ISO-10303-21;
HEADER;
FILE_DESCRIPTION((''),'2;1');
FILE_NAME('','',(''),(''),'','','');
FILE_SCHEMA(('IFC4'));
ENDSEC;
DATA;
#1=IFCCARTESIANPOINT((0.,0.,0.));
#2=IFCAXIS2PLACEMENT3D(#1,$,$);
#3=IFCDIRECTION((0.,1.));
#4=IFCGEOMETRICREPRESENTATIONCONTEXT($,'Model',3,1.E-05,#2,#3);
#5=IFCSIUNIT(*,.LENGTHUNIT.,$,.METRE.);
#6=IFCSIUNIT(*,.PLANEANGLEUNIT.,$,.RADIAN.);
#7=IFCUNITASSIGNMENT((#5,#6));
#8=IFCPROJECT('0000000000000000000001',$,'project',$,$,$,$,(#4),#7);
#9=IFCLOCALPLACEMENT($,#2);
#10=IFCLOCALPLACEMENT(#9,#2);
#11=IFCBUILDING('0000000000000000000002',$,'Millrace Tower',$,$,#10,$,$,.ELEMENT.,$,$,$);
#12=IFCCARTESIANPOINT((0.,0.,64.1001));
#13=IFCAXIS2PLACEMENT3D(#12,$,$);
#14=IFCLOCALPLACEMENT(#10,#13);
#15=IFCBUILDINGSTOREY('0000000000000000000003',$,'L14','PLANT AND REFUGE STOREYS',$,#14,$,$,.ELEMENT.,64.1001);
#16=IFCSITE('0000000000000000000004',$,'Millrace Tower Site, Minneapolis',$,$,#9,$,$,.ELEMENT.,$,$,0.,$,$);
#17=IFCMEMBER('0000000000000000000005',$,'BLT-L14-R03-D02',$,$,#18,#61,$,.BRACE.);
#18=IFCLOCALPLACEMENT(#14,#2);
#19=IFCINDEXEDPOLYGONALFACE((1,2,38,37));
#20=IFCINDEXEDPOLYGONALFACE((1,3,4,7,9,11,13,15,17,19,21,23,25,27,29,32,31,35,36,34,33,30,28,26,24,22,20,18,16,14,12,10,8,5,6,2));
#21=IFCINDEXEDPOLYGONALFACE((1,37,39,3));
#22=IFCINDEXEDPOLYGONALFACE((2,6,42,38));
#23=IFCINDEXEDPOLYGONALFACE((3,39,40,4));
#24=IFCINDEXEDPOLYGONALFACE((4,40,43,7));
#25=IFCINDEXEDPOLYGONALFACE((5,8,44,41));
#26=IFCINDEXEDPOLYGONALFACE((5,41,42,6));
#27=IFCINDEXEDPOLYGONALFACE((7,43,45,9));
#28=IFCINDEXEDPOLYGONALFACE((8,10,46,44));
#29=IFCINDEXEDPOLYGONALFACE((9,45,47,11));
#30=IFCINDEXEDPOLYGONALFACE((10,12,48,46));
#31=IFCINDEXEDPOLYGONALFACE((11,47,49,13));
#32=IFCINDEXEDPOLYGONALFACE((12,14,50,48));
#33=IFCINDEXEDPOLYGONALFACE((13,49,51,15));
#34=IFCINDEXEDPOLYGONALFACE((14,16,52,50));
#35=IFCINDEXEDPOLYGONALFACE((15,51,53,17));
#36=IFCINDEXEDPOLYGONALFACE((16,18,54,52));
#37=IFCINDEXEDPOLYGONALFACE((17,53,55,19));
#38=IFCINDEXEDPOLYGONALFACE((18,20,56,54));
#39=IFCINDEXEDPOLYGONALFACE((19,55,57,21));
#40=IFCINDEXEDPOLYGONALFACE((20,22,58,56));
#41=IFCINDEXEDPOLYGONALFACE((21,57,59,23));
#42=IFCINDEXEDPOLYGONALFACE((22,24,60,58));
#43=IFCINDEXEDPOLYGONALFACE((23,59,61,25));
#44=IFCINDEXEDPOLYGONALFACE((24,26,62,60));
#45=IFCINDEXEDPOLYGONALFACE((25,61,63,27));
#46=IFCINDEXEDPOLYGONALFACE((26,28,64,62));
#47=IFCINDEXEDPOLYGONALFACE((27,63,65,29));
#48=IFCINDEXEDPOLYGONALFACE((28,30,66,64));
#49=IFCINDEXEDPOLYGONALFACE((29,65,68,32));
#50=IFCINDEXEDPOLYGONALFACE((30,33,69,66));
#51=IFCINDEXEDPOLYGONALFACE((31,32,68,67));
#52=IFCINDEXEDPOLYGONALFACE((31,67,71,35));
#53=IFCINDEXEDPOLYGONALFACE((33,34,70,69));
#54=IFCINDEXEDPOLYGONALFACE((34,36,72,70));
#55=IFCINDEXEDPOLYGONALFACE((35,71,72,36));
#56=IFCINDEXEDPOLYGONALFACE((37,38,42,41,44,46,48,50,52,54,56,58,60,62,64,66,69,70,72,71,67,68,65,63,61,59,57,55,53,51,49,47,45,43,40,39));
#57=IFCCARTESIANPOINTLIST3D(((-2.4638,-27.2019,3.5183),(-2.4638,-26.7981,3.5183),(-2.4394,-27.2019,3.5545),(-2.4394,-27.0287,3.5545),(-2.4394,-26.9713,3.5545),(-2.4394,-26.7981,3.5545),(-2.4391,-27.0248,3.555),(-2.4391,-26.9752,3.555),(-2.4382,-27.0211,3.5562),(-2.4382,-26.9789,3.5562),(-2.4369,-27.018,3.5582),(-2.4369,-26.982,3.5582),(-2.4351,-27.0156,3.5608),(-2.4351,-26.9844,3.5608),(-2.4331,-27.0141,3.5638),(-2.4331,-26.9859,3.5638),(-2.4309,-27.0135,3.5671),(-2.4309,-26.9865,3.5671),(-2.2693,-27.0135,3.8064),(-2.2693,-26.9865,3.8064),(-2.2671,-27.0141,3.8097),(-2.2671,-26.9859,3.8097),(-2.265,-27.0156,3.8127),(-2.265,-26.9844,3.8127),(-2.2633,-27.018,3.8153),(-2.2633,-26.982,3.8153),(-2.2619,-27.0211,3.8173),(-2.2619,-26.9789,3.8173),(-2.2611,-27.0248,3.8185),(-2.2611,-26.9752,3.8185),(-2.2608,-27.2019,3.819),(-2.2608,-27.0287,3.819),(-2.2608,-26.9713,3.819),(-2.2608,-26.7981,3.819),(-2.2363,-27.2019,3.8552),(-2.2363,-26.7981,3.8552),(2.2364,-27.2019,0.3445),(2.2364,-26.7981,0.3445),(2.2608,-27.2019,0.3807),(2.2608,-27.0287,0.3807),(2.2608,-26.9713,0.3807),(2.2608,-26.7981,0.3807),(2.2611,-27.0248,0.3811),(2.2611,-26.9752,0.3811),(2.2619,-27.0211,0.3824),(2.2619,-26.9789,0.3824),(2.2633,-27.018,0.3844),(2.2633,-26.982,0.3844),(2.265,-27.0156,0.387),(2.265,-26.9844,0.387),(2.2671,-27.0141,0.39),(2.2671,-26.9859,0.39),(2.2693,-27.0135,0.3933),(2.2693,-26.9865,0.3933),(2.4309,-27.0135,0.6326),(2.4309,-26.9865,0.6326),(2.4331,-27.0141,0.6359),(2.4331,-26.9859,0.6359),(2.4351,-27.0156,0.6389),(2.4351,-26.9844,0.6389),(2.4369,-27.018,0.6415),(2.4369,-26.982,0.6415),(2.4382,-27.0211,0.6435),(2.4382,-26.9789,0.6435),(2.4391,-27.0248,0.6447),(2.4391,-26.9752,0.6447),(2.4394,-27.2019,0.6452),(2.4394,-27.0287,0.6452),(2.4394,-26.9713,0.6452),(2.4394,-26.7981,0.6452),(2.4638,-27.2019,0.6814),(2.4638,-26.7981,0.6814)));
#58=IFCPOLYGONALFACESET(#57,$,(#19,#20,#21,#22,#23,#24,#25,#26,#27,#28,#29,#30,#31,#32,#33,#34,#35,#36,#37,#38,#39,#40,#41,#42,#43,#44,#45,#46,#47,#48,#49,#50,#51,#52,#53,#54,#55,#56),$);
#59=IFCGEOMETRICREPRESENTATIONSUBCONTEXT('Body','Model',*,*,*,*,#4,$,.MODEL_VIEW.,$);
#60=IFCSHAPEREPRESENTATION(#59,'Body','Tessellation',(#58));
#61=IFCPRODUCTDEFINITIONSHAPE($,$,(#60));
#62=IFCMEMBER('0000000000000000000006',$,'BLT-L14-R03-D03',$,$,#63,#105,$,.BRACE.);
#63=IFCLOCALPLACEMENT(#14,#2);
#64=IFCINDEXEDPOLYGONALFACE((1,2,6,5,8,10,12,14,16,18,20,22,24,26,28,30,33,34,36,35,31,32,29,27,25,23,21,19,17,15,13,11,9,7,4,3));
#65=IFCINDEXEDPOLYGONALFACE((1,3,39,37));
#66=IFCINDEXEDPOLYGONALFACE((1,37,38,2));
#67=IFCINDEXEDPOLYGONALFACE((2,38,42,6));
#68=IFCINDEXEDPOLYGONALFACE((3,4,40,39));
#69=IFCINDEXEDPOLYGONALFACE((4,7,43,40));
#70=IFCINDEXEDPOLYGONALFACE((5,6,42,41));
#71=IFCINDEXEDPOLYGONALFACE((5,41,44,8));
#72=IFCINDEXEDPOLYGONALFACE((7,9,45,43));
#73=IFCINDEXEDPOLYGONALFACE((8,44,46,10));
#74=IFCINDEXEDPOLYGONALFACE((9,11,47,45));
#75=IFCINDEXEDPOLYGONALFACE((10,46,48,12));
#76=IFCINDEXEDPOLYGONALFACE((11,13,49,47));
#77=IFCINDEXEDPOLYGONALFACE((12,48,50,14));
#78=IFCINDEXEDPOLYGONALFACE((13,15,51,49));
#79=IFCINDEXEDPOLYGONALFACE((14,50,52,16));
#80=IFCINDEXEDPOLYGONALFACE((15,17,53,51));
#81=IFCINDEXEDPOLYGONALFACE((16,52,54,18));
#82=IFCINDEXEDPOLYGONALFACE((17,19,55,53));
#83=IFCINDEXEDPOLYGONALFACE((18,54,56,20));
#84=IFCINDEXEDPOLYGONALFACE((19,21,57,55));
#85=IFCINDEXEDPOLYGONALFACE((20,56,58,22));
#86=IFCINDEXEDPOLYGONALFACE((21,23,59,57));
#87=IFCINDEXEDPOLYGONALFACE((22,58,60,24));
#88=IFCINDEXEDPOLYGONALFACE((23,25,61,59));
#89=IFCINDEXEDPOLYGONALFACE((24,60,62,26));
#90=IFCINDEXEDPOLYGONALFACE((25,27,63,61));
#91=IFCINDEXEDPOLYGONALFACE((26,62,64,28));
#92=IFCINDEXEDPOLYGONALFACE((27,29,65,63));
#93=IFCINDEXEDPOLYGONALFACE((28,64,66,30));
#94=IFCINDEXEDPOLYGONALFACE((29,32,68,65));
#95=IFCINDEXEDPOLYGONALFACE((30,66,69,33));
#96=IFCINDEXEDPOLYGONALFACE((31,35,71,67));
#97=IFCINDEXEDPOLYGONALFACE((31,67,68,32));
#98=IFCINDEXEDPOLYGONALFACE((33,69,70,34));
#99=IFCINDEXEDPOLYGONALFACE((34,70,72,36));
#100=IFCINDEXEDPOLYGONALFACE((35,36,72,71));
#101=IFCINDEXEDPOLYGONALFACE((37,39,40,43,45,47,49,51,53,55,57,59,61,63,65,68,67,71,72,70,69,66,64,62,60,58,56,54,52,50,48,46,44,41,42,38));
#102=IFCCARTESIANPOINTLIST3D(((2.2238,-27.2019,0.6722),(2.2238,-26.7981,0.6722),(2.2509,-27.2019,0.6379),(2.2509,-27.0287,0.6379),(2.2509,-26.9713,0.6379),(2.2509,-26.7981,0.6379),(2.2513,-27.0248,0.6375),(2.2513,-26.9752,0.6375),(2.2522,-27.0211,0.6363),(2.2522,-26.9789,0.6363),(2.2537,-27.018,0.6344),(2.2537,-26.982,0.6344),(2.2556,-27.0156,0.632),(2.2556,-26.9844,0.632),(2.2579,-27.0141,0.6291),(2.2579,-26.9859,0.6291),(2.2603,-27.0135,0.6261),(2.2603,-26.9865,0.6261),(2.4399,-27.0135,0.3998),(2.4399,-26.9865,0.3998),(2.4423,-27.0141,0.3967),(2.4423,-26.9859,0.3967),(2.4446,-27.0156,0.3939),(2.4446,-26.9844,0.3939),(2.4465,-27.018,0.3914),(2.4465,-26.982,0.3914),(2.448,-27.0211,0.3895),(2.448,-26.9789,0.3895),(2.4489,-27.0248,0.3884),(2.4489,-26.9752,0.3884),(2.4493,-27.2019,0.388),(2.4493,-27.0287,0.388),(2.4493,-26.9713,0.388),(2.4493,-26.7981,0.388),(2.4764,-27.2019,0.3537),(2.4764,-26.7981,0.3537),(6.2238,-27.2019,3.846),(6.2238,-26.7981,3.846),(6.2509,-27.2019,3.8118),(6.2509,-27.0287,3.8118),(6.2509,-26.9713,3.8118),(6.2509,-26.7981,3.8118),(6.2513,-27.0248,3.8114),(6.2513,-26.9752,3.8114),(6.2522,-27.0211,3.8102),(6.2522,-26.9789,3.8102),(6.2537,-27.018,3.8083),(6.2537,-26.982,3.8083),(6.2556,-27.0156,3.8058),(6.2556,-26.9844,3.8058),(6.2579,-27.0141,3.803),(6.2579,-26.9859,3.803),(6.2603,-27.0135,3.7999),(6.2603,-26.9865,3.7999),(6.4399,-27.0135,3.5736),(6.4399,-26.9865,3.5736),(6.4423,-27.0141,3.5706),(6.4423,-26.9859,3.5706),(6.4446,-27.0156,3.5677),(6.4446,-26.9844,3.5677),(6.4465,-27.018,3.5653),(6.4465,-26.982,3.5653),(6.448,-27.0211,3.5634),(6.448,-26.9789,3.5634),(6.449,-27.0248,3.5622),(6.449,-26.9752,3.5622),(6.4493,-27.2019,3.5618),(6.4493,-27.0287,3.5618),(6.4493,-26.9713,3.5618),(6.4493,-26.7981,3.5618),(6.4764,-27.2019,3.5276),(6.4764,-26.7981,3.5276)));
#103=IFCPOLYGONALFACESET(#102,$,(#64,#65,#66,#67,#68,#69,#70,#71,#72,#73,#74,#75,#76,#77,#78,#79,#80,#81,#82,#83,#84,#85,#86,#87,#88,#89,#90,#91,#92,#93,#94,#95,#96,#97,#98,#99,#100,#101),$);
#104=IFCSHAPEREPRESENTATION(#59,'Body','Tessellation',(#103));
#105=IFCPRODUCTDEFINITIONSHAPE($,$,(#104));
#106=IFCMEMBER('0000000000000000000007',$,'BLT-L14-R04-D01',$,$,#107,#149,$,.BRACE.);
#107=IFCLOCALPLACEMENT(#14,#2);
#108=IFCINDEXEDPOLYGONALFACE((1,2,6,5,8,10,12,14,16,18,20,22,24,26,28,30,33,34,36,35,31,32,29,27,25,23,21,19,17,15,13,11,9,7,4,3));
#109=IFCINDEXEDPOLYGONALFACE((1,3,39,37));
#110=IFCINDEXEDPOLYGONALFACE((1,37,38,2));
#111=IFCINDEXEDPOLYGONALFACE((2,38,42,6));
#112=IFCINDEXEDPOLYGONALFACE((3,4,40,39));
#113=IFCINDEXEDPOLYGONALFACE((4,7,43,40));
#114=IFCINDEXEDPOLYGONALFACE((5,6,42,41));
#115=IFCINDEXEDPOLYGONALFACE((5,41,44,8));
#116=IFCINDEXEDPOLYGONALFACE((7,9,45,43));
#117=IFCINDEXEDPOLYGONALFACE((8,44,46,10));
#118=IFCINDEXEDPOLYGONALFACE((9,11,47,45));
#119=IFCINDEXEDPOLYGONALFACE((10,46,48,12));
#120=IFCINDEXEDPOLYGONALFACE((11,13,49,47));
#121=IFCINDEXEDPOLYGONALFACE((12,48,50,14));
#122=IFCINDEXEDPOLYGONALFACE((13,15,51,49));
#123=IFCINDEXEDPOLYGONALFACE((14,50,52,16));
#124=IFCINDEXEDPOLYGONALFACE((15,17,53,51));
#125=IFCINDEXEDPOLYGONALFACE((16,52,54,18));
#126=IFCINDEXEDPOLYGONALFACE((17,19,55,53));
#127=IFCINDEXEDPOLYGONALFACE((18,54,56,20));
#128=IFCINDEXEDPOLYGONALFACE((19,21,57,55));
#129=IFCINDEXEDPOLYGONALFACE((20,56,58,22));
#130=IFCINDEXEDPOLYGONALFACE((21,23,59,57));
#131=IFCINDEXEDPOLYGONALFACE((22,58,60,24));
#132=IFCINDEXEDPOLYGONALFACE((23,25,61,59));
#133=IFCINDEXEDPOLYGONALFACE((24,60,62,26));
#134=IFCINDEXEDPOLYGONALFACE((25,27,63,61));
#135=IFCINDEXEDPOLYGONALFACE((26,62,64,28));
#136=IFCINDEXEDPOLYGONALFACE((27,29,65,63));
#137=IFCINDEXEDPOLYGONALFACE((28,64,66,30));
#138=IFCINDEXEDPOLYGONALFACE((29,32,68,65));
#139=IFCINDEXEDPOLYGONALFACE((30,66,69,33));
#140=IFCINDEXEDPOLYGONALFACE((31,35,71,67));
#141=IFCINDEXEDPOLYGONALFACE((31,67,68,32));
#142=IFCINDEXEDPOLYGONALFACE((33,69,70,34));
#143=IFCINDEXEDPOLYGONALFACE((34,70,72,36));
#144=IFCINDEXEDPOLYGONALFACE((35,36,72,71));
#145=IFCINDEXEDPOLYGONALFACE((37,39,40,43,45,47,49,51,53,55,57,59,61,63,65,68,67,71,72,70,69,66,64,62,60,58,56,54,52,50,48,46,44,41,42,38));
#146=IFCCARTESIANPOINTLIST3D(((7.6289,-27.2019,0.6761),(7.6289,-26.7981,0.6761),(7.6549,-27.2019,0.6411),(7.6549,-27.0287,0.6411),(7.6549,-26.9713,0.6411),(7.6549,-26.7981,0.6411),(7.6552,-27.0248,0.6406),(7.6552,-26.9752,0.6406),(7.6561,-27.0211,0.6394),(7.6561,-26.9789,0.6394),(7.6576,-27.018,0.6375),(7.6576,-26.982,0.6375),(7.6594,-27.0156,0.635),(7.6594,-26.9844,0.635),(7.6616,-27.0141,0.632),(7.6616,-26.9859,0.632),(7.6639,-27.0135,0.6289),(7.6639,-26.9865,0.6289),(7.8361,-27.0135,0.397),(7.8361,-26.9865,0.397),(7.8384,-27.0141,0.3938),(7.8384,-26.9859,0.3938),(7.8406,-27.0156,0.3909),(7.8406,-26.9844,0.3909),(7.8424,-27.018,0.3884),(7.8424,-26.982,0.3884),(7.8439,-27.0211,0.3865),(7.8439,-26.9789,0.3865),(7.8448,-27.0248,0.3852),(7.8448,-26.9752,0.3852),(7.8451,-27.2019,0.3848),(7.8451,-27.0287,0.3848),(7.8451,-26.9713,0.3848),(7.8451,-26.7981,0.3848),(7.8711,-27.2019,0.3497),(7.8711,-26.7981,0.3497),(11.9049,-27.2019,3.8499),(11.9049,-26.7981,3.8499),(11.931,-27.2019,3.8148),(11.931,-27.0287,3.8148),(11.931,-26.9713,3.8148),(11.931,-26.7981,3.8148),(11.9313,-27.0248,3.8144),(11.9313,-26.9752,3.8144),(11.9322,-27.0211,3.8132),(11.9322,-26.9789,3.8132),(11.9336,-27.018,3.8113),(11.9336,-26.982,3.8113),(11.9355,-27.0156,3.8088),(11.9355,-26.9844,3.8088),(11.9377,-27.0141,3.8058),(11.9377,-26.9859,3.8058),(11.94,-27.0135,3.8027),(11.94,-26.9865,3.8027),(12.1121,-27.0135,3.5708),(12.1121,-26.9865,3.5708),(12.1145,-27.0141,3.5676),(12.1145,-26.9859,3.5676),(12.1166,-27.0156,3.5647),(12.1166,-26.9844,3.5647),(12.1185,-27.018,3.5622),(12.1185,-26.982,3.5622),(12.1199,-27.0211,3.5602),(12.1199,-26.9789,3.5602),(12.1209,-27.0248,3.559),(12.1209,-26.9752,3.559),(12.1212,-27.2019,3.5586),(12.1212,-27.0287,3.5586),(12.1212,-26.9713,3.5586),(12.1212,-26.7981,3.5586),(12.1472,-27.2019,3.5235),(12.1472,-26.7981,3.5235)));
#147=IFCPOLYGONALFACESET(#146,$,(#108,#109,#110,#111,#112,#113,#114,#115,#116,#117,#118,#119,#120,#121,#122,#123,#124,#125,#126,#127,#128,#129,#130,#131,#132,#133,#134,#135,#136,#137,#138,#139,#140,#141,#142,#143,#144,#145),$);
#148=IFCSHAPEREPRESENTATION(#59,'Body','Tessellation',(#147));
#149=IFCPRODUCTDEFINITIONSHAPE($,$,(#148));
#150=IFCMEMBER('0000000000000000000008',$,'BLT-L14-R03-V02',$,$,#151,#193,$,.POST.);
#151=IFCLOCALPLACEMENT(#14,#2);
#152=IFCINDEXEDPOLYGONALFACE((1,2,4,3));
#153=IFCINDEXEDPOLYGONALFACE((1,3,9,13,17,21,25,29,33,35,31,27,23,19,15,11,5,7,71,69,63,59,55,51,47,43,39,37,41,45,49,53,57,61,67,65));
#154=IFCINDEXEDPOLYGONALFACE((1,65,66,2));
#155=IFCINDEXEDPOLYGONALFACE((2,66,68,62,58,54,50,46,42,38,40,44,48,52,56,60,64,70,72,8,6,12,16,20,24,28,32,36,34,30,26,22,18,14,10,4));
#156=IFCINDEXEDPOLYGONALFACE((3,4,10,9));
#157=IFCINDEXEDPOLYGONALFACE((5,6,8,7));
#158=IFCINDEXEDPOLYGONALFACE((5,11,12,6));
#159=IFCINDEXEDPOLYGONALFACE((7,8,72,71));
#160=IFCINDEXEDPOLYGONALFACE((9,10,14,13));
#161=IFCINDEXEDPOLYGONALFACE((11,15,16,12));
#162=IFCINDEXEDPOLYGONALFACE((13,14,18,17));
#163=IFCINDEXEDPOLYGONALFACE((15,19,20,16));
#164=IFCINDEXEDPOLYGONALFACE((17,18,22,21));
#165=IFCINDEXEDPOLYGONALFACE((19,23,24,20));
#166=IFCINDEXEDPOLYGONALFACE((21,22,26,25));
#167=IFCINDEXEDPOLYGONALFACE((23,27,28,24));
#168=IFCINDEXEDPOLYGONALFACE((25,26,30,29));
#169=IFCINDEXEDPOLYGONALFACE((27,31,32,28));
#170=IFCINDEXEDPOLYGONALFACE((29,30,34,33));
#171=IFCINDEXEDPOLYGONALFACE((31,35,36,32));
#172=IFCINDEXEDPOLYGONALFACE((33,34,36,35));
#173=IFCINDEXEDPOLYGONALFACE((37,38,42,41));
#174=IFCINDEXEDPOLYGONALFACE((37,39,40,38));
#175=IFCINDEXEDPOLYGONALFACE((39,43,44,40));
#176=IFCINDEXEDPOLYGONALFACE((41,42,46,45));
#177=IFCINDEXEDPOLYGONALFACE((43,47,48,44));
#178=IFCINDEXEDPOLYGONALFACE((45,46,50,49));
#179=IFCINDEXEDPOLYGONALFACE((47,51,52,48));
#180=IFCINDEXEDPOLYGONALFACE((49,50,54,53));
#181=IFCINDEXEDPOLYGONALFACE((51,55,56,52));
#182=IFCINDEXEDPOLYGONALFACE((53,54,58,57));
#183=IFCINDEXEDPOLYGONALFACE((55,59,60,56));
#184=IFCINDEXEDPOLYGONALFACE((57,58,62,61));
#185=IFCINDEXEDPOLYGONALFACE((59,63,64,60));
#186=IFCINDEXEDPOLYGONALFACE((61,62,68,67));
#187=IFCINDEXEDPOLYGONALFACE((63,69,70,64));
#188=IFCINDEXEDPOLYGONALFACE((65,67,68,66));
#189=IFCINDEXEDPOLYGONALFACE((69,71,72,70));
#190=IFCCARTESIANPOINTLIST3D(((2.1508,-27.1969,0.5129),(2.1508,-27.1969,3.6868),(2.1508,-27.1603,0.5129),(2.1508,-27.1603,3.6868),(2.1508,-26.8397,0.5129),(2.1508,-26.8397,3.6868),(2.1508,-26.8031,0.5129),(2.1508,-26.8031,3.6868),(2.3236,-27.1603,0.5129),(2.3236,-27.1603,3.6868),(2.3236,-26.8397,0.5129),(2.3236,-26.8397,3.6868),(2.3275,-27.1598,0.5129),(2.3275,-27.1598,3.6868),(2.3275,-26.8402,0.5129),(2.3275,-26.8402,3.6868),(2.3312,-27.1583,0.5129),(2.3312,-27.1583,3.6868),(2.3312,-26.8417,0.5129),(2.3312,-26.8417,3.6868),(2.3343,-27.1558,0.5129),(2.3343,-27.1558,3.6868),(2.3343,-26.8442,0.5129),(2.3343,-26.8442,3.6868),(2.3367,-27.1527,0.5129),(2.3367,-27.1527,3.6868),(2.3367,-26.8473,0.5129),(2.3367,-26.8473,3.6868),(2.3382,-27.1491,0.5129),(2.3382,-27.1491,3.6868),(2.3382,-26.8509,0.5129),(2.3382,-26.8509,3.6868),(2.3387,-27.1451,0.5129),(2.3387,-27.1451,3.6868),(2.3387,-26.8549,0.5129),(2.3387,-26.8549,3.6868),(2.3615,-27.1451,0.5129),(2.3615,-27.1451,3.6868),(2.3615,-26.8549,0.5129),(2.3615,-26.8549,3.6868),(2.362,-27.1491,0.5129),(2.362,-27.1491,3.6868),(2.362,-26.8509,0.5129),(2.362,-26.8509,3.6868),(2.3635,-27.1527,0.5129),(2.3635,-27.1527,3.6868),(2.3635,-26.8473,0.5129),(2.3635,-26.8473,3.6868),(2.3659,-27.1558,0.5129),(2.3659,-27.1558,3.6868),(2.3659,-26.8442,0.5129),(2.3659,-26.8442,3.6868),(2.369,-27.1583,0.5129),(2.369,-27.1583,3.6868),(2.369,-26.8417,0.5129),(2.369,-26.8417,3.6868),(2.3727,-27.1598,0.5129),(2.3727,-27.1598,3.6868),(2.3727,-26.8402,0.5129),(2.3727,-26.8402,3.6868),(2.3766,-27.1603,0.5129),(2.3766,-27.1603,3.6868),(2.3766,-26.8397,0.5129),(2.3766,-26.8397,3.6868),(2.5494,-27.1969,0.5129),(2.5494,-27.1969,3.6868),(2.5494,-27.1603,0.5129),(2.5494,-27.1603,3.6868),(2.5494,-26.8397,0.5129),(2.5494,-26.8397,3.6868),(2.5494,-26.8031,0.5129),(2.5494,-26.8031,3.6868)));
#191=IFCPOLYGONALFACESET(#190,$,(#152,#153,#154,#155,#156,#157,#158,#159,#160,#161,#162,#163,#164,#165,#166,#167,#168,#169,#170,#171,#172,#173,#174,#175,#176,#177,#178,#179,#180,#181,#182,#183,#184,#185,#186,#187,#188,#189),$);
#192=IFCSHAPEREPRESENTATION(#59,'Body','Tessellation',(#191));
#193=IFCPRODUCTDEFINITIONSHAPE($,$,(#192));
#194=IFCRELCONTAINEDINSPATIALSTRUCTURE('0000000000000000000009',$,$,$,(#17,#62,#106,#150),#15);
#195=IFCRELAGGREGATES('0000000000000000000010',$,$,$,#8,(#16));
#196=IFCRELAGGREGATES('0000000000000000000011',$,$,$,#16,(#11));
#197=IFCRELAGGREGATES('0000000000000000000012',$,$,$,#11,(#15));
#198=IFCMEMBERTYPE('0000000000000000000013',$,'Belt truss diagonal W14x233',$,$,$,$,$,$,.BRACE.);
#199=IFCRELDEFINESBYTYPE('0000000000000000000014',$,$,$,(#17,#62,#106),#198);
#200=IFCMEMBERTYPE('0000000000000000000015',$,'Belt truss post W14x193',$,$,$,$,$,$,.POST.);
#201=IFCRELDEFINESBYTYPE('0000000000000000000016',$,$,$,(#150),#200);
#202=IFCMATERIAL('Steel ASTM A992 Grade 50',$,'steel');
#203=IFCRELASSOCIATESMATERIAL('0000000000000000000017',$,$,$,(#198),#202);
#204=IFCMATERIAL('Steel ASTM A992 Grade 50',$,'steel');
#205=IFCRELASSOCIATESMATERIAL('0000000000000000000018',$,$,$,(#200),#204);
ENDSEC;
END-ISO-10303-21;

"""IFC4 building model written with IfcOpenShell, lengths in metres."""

from ifc_helpers import new_model, si_unit, direction, frame, origin, origin_2d, place, context, subcontext, project, spatial, i_section, extrude, material, material_profile, profile_set, type_object, element, save


model = new_model("IFC4")

# Units and contexts
model_context = context("Model", 3, precision=1e-05, world=origin(), true_north=direction((0.0, 1.0)))
body_context = subcontext(model_context, "Body", "Model", "MODEL_VIEW")
ifc_project = project(units=[si_unit("LENGTHUNIT", "METRE"), si_unit("PLANEANGLEUNIT", "RADIAN")], contexts=[model_context])

# Site, building, storey
site_placement = place(None, origin())
site = spatial("IfcSite", under=ifc_project, at=site_placement, Name="Millrace Tower Site, Minneapolis", CompositionType="ELEMENT", RefElevation=0.0)
building_placement = place(site_placement, origin())
building = spatial("IfcBuilding", under=site, at=building_placement, Name="Millrace Tower", CompositionType="ELEMENT")
storey_placement = place(building_placement, frame((0.0, 0.0, 64.1001)))
storey = spatial("IfcBuildingStorey", under=building, at=storey_placement, Name="L14", Description="PLANT AND REFUGE STOREYS", CompositionType="ELEMENT", Elevation=64.1001)

# Members
ifc_material_1 = material(Name="Steel ASTM A992 Grade 50", Category="steel")
ifc_material_profile_1 = material_profile(ifc_material_1, i_section(OverallWidth=0.4038, OverallDepth=0.4065, WebThickness=0.0271, FlangeThickness=0.0437, FilletRadius=0.0151, at=origin_2d()))
ifc_profile_set_1 = profile_set([ifc_material_profile_1], Name="Steel ASTM A992 Grade 50")
member_type_1 = type_object("IfcMemberType", Name="Belt truss diagonal W14x233", PredefinedType="BRACE", material=ifc_profile_set_1)
member_1_placement = place(storey_placement, frame((2.3501, -27.0, 0.5129), z_axis=(-0.828751, 0.0, 0.559618), x_axis=(0.0, -1.0, 0.0)))
element("IfcMember", 1, at=member_1_placement, inside=storey, type_object=member_type_1, Name="BLT-L14-R03-D02", PredefinedType="BRACE", context=body_context, shape_type="SweptSolid", body=[
    extrude(i_section(OverallWidth=0.4038, OverallDepth=0.4065, WebThickness=0.0271, FlangeThickness=0.0437, FilletRadius=0.0151, at=origin_2d()), origin(), (0.0, 0.0, 1.0), 5.6714),
])
member_2_placement = place(storey_placement, frame((2.3501, -27.0, 0.5129), z_axis=(0.783363, 0.0, 0.621565), x_axis=(0.0, 1.0, 0.0)))
element("IfcMember", 2, at=member_2_placement, inside=storey, type_object=member_type_1, Name="BLT-L14-R03-D03", PredefinedType="BRACE", context=body_context, shape_type="SweptSolid", body=[
    extrude(i_section(OverallWidth=0.4038, OverallDepth=0.4065, WebThickness=0.0271, FlangeThickness=0.0437, FilletRadius=0.0151, at=origin_2d()), origin(), (0.0, 0.0, 1.0), 5.1062),
])
member_3_placement = place(storey_placement, frame((7.75, -27.0, 0.5129), z_axis=(0.802988, 0.0, 0.595995), x_axis=(0.0, 1.0, 0.0)))
element("IfcMember", 3, at=member_3_placement, inside=storey, type_object=member_type_1, Name="BLT-L14-R04-D01", PredefinedType="BRACE", context=body_context, shape_type="SweptSolid", body=[
    extrude(i_section(OverallWidth=0.4038, OverallDepth=0.4065, WebThickness=0.0271, FlangeThickness=0.0437, FilletRadius=0.0151, at=origin_2d()), origin(), (0.0, 0.0, 1.0), 5.3252),
])
ifc_material_2 = material(Name="Steel ASTM A992 Grade 50", Category="steel")
ifc_material_profile_2 = material_profile(ifc_material_2, i_section(OverallWidth=0.3987, OverallDepth=0.3938, WebThickness=0.0227, FlangeThickness=0.0366, FilletRadius=0.0151, at=origin_2d()))
ifc_profile_set_2 = profile_set([ifc_material_profile_2], Name="Steel ASTM A992 Grade 50")
member_type_2 = type_object("IfcMemberType", Name="Belt truss post W14x193", PredefinedType="POST", material=ifc_profile_set_2)
for number, where, z_axis, x_axis, name in (
    (4, (2.3501, -27.0, 0.5129), (0.0, 0.0, 1.0), (1.0, 0.0, 0.0), "BLT-L14-R03-V02"),
):
    element("IfcMember", number, at=place(storey_placement, frame(where, z_axis=z_axis, x_axis=x_axis)), inside=storey, type_object=member_type_2, Name=name, PredefinedType="POST", context=body_context, shape_type="SweptSolid", body=[
        extrude(i_section(OverallWidth=0.3987, OverallDepth=0.3938, WebThickness=0.0227, FlangeThickness=0.0366, FilletRadius=0.0151, at=origin_2d()), origin(), (0.0, 0.0, 1.0), 3.1738),
    ])

save(model, "model.ifc")
